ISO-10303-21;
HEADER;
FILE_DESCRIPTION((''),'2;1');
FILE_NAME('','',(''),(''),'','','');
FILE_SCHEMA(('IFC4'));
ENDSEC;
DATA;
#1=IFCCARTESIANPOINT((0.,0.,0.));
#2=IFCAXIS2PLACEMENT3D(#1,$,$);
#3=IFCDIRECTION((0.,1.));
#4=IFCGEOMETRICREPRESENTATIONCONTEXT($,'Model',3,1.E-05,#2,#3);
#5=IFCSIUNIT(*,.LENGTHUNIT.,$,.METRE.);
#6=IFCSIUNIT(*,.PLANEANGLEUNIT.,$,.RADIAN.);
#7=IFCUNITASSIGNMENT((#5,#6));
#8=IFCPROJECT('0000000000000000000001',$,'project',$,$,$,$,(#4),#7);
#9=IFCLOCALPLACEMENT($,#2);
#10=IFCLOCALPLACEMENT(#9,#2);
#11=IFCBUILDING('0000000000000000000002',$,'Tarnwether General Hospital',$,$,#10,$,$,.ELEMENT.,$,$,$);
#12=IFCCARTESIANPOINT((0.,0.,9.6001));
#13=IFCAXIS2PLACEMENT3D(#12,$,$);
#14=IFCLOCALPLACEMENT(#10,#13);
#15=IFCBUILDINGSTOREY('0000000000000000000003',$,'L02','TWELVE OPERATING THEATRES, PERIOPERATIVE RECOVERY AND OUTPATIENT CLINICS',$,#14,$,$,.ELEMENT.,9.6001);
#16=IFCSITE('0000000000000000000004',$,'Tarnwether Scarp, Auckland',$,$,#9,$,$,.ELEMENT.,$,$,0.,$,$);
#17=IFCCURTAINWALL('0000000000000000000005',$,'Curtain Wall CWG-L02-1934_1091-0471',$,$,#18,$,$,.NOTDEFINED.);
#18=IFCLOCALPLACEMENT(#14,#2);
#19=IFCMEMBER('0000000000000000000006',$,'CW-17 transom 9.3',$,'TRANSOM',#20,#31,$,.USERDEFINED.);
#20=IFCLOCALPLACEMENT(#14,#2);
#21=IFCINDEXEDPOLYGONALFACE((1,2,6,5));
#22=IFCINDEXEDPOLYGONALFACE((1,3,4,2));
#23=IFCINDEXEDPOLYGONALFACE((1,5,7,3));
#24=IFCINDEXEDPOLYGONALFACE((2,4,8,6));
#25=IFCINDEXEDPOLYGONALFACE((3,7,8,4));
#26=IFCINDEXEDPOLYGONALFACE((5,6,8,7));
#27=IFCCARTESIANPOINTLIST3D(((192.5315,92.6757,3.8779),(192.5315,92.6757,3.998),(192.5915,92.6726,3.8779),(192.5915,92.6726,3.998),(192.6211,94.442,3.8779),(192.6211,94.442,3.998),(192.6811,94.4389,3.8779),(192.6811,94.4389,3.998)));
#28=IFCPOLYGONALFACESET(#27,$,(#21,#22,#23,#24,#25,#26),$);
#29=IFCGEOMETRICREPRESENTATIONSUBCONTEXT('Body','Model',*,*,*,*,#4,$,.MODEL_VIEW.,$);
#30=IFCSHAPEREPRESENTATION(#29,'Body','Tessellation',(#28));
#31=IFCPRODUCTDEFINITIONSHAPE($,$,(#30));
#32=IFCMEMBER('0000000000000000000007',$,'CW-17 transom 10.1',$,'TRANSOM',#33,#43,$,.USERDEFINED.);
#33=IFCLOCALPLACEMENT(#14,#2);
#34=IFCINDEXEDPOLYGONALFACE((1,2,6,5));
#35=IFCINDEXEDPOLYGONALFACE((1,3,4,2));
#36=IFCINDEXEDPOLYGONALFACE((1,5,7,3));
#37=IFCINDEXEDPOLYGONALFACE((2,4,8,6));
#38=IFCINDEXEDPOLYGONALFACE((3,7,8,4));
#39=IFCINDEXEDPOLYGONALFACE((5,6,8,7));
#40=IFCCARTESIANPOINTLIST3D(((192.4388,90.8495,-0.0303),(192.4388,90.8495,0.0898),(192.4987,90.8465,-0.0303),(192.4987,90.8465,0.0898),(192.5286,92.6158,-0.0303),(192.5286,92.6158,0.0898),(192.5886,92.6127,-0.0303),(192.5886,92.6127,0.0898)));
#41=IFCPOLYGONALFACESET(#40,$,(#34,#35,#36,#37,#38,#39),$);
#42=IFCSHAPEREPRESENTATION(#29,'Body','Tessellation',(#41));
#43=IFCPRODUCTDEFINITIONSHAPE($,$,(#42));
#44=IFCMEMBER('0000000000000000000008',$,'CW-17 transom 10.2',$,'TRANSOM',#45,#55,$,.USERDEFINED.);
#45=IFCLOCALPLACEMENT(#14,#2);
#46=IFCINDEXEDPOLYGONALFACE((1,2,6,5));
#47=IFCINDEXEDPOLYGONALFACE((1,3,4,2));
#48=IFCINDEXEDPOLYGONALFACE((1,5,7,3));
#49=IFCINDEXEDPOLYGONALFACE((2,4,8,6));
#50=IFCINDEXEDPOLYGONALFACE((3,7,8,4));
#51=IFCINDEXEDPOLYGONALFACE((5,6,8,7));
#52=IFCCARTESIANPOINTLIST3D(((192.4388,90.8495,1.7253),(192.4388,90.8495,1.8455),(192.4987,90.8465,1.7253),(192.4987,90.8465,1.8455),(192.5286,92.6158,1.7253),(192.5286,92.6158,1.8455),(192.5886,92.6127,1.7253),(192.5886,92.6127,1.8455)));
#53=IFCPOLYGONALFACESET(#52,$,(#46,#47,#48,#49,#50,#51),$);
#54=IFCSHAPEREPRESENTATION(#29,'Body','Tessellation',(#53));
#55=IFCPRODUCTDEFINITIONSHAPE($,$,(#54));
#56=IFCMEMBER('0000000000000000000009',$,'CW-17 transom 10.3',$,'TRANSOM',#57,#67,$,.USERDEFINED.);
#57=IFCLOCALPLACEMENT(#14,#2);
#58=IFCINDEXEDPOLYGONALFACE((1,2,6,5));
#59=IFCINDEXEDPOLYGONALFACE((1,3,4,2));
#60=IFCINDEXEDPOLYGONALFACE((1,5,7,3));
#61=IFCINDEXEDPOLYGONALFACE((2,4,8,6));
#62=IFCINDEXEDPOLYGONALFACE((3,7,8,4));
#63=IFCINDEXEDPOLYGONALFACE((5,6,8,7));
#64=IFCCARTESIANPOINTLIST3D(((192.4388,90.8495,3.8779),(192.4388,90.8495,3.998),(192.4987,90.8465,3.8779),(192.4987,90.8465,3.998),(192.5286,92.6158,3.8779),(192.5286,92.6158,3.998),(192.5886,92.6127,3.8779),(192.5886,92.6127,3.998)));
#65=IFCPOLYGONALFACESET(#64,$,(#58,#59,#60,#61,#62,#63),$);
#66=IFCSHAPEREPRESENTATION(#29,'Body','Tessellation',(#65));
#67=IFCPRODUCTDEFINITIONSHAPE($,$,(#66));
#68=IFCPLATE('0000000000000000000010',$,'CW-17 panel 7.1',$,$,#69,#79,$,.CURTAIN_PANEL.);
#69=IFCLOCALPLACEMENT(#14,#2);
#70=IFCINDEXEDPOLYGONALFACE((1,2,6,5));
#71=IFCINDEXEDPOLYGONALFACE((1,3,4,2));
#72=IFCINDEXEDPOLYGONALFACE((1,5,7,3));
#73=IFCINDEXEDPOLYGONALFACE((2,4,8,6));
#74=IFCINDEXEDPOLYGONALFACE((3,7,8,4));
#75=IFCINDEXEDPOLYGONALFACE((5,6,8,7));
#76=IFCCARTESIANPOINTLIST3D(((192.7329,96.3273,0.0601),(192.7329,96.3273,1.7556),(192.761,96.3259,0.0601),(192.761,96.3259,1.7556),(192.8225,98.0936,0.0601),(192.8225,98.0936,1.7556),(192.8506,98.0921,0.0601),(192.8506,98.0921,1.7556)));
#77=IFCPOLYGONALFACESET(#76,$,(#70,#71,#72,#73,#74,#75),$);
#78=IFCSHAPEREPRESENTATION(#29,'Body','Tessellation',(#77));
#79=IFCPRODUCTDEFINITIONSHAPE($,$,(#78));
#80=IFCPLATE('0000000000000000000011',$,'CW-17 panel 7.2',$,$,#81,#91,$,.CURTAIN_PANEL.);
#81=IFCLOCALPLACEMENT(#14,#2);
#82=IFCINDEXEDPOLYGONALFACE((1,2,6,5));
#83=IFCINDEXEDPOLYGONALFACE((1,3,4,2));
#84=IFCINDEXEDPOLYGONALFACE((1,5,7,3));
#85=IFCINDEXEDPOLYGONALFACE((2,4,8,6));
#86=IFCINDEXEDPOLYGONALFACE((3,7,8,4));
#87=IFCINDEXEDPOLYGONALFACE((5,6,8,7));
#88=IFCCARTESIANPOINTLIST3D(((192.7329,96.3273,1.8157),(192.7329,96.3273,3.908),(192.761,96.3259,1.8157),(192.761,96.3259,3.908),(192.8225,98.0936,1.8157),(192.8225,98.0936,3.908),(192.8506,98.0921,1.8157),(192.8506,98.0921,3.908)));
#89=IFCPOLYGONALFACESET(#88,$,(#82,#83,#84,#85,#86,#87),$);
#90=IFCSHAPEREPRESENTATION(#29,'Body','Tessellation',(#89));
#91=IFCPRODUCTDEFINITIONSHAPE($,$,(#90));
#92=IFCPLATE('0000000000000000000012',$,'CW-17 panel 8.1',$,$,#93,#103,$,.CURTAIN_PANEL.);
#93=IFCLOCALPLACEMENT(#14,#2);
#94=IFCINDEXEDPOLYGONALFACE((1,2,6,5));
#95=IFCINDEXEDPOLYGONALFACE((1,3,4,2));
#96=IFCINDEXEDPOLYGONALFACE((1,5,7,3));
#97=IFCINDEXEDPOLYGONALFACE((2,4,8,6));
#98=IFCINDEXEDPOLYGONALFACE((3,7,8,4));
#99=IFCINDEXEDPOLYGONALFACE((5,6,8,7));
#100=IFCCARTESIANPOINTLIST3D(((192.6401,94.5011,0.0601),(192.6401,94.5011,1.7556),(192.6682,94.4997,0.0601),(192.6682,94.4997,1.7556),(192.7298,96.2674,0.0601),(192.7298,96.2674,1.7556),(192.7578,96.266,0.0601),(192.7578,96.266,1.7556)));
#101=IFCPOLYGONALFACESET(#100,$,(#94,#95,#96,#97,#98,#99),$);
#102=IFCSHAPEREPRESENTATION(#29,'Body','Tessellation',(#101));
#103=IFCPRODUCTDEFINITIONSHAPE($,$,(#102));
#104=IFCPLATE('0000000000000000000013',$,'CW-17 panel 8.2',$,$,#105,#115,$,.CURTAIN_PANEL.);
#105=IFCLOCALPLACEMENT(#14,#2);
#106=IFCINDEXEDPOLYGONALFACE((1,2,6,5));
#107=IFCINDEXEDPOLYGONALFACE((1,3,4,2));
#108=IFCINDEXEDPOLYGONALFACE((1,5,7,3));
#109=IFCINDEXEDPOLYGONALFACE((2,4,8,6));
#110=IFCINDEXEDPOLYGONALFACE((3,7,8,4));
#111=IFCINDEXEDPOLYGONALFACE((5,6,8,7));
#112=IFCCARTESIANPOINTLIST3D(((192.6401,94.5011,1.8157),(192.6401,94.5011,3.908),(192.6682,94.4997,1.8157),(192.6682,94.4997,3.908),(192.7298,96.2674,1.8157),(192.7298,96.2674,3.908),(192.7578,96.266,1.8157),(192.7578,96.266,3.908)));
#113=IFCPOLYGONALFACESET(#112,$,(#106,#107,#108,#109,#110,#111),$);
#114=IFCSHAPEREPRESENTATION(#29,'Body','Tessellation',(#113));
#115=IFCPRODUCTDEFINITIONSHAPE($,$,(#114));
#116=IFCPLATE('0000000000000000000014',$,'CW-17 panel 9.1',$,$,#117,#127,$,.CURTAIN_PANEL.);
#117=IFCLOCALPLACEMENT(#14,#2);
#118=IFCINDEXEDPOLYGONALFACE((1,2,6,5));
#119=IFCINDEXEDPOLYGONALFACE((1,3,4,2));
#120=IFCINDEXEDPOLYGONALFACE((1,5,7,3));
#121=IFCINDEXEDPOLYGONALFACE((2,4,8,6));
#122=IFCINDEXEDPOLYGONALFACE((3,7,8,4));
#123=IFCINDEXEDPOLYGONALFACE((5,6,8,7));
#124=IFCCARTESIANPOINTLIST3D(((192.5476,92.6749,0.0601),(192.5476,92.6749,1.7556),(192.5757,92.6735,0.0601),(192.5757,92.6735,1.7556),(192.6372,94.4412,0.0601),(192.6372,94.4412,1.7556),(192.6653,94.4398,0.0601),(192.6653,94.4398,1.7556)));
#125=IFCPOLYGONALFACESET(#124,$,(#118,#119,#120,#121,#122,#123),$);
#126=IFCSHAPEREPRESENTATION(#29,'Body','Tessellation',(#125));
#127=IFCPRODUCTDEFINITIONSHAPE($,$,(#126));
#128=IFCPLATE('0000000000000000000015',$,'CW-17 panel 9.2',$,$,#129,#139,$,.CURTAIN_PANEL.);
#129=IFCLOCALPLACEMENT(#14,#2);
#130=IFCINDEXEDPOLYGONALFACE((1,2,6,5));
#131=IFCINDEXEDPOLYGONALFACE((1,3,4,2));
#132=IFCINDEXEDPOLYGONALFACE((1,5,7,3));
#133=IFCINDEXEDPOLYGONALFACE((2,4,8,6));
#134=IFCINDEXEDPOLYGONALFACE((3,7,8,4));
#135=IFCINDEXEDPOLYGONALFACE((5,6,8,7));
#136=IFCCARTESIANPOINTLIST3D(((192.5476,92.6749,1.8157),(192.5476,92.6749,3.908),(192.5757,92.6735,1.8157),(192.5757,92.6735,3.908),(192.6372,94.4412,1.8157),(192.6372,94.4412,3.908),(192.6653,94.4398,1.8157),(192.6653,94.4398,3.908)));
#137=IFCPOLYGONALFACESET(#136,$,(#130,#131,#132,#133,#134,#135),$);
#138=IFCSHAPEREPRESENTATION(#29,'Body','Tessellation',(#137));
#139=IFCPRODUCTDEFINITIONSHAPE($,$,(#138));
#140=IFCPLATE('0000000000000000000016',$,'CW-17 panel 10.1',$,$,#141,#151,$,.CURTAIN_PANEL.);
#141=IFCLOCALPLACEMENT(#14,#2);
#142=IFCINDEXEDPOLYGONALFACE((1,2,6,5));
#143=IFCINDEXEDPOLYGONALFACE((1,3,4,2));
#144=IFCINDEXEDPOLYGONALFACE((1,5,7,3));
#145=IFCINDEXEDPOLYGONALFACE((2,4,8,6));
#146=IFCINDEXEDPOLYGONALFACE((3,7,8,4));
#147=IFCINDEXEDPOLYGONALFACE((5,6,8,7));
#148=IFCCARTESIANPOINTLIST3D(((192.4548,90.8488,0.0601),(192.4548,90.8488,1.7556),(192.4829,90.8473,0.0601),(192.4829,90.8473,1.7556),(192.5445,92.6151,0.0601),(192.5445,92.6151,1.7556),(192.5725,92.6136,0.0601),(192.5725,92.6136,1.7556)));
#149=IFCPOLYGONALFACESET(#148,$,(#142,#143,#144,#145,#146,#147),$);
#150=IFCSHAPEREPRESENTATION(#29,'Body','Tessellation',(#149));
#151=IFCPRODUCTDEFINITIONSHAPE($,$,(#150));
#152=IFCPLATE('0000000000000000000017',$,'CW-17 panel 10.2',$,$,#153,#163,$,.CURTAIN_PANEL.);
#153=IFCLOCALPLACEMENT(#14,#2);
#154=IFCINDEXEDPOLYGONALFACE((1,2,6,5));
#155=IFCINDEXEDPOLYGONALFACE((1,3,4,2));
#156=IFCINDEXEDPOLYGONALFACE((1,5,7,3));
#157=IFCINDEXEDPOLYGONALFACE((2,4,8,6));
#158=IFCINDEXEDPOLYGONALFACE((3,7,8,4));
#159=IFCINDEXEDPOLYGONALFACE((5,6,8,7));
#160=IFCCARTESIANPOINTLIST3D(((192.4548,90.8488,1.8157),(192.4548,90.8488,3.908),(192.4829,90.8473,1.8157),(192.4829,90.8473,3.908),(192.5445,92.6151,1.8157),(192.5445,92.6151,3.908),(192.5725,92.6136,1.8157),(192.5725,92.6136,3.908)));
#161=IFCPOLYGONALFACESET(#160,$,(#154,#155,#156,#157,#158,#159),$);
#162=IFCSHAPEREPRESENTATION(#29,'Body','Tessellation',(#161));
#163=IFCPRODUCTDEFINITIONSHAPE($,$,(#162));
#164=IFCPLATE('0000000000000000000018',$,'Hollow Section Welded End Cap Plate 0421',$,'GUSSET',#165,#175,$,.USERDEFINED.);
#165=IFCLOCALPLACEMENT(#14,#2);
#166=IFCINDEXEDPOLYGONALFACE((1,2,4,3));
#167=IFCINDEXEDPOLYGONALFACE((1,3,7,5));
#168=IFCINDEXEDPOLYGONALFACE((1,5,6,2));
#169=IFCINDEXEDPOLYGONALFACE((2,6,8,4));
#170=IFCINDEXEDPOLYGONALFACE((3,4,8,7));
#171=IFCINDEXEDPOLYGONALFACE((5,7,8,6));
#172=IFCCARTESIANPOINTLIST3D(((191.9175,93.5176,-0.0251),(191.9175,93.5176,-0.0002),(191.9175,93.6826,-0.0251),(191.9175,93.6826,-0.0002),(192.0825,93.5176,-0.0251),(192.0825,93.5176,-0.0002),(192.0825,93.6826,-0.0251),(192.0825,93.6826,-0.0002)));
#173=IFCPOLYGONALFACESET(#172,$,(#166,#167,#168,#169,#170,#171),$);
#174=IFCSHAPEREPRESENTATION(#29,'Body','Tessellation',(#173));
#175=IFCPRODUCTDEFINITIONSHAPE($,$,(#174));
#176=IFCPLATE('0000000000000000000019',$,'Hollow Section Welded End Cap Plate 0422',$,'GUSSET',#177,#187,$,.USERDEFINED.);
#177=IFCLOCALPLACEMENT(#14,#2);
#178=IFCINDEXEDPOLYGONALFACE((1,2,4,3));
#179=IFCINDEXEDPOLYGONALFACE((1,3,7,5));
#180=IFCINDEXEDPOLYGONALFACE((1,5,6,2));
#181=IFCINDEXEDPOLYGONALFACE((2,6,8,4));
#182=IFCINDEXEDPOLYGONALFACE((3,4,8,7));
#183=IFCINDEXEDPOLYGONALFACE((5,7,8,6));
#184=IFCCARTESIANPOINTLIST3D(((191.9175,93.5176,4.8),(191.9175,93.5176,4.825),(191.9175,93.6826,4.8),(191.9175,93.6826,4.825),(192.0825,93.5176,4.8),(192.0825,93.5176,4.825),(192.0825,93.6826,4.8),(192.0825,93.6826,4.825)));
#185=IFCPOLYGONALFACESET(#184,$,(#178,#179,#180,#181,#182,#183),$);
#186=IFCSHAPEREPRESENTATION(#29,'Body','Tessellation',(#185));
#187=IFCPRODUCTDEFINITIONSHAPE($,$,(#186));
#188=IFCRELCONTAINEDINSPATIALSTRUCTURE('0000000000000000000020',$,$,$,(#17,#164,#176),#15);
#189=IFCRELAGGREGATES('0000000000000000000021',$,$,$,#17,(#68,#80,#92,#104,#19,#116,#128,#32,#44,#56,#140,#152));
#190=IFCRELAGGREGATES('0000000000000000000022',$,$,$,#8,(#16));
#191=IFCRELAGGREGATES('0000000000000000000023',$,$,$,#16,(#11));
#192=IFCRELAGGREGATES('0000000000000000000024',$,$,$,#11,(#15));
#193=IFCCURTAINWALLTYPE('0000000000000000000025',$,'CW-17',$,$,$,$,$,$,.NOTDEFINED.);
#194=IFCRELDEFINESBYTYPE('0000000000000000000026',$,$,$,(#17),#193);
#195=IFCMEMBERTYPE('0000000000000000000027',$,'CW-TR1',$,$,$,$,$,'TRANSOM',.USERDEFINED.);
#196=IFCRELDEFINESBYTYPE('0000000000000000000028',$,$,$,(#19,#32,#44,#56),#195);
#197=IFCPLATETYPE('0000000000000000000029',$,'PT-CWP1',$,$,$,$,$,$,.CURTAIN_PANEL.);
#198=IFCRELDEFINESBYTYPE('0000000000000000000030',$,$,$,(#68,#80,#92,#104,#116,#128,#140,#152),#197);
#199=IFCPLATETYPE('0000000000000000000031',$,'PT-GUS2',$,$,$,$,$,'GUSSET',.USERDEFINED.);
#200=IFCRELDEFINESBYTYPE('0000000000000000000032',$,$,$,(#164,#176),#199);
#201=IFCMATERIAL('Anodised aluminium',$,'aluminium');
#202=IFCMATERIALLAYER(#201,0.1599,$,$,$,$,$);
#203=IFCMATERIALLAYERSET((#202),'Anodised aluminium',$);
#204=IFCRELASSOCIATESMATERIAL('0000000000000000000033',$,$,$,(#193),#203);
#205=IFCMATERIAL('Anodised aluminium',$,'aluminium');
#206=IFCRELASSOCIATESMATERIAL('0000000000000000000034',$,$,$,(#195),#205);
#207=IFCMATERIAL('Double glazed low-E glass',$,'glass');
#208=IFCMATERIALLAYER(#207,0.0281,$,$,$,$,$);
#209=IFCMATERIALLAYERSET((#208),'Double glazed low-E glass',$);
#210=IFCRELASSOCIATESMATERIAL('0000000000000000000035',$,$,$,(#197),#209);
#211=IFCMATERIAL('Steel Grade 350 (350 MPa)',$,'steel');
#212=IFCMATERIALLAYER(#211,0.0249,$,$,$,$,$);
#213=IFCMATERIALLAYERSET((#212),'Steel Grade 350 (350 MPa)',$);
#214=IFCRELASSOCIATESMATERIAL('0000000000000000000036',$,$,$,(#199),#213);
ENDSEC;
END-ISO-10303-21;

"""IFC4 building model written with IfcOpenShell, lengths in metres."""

from ifc_helpers import new_model, si_unit, direction, frame, origin, origin_2d, place, context, subcontext, project, spatial, rectangle, extrude, material, layer, layer_set, material_profile, profile_set, type_object, element, aggregate, save


model = new_model("IFC4")

# Units and contexts
model_context = context("Model", 3, precision=1e-05, world=origin(), true_north=direction((0.0, 1.0)))
body_context = subcontext(model_context, "Body", "Model", "MODEL_VIEW")
ifc_project = project(units=[si_unit("LENGTHUNIT", "METRE"), si_unit("PLANEANGLEUNIT", "RADIAN")], contexts=[model_context])

# Site, building, storey
site_placement = place(None, origin())
site = spatial("IfcSite", under=ifc_project, at=site_placement, Name="Tarnwether Scarp, Auckland", CompositionType="ELEMENT", RefElevation=0.0)
building_placement = place(site_placement, origin())
building = spatial("IfcBuilding", under=site, at=building_placement, Name="Tarnwether General Hospital", CompositionType="ELEMENT")
storey_placement = place(building_placement, frame((0.0, 0.0, 9.6001)))
storey = spatial("IfcBuildingStorey", under=building, at=storey_placement, Name="L02", Description="TWELVE OPERATING THEATRES, PERIOPERATIVE RECOVERY AND OUTPATIENT CLINICS", CompositionType="ELEMENT", Elevation=9.6001)

# Curtain wall, members, plates
ifc_material_1 = material(Name="Anodised aluminium", Category="aluminium")
ifc_layer_1 = layer(ifc_material_1, 0.1599)
ifc_layer_set_1 = layer_set([ifc_layer_1], Name="Anodised aluminium")
curtain_wall_type = type_object("IfcCurtainWallType", Name="CW-17", PredefinedType="NOTDEFINED", material=ifc_layer_set_1)
curtain_wall_placement = place(storey_placement, origin())
curtain_wall = element("IfcCurtainWall", 1, at=curtain_wall_placement, inside=storey, type_object=curtain_wall_type, Name="Curtain Wall CWG-L02-1934_1091-0471", PredefinedType="NOTDEFINED")
ifc_material_2 = material(Name="Anodised aluminium", Category="aluminium")
ifc_material_profile_1 = material_profile(ifc_material_2, rectangle(XDim=0.0601, YDim=0.1201, at=origin_2d()), Name="ALU-TRN-60x120")
ifc_profile_set_1 = profile_set([ifc_material_profile_1], Name="Anodised aluminium")
member_type_1 = type_object("IfcMemberType", Name="CW-TR1", ElementType="TRANSOM", PredefinedType="USERDEFINED", material=ifc_profile_set_1)
member_1_placement = place(storey_placement, frame((192.6511, 94.4404, 3.938), z_axis=(-0.050661, -0.998716, 0.0), x_axis=(0.998716, -0.050661, 0.0)))
member_1 = element("IfcMember", 2, at=member_1_placement, type_object=member_type_1, Name="CW-17 transom 9.3", ObjectType="TRANSOM", PredefinedType="USERDEFINED", context=body_context, shape_type="SweptSolid", body=[
    extrude(rectangle(XDim=0.0601, YDim=0.1201, at=origin_2d()), origin(), (0.0, 0.0, 1.0), 1.7686),
])
member_2_placement = place(storey_placement, frame((192.5586, 92.6143, 0.0298), z_axis=(-0.050798, -0.998709, 0.0), x_axis=(0.998709, -0.050798, 0.0)))
member_2 = element("IfcMember", 3, at=member_2_placement, type_object=member_type_1, Name="CW-17 transom 10.1", ObjectType="TRANSOM", PredefinedType="USERDEFINED", context=body_context, shape_type="SweptSolid", body=[
    extrude(rectangle(XDim=0.0601, YDim=0.1201, at=origin_2d()), origin(), (0.0, 0.0, 1.0), 1.7686),
])
member_3_placement = place(storey_placement, frame((192.5586, 92.6143, 1.7854), z_axis=(-0.050798, -0.998709, 0.0), x_axis=(0.998709, -0.050798, 0.0)))
member_3 = element("IfcMember", 4, at=member_3_placement, type_object=member_type_1, Name="CW-17 transom 10.2", ObjectType="TRANSOM", PredefinedType="USERDEFINED", context=body_context, shape_type="SweptSolid", body=[
    extrude(rectangle(XDim=0.0601, YDim=0.1201, at=origin_2d()), origin(), (0.0, 0.0, 1.0), 1.7686),
])
member_4_placement = place(storey_placement, frame((192.5586, 92.6143, 3.938), z_axis=(-0.050798, -0.998709, 0.0), x_axis=(0.998709, -0.050798, 0.0)))
member_4 = element("IfcMember", 5, at=member_4_placement, type_object=member_type_1, Name="CW-17 transom 10.3", ObjectType="TRANSOM", PredefinedType="USERDEFINED", context=body_context, shape_type="SweptSolid", body=[
    extrude(rectangle(XDim=0.0601, YDim=0.1201, at=origin_2d()), origin(), (0.0, 0.0, 1.0), 1.7686),
])
ifc_material_3 = material(Name="Double glazed low-E glass", Category="glass")
ifc_layer_2 = layer(ifc_material_3, 0.0281)
ifc_layer_set_2 = layer_set([ifc_layer_2], Name="Double glazed low-E glass")
plate_type_1 = type_object("IfcPlateType", Name="PT-CWP1", PredefinedType="CURTAIN_PANEL", material=ifc_layer_set_2)
plate_1_placement = place(storey_placement, frame((192.7917, 97.2097, 0.0601), z_axis=(0.0, 0.0, 1.0), x_axis=(-0.050678, -0.998715, 0.0)))
plate_1 = element("IfcPlate", 6, at=plate_1_placement, type_object=plate_type_1, Name="CW-17 panel 7.1", PredefinedType="CURTAIN_PANEL", context=body_context, shape_type="SweptSolid", body=[
    extrude(rectangle(XDim=1.7686, YDim=0.0281, at=origin_2d()), origin(), (0.0, 0.0, 1.0), 1.6956),
])
plate_2_placement = place(storey_placement, frame((192.7917, 97.2097, 1.8157), z_axis=(0.0, 0.0, 1.0), x_axis=(-0.050678, -0.998715, 0.0)))
plate_2 = element("IfcPlate", 7, at=plate_2_placement, type_object=plate_type_1, Name="CW-17 panel 7.2", PredefinedType="CURTAIN_PANEL", context=body_context, shape_type="SweptSolid", body=[
    extrude(rectangle(XDim=1.7686, YDim=0.0281, at=origin_2d()), origin(), (0.0, 0.0, 1.0), 2.0923),
])
plate_3_placement = place(storey_placement, frame((192.699, 95.3835, 0.0601), z_axis=(0.0, 0.0, 1.0), x_axis=(-0.050678, -0.998715, 0.0)))
plate_3 = element("IfcPlate", 8, at=plate_3_placement, type_object=plate_type_1, Name="CW-17 panel 8.1", PredefinedType="CURTAIN_PANEL", context=body_context, shape_type="SweptSolid", body=[
    extrude(rectangle(XDim=1.7686, YDim=0.0281, at=origin_2d()), origin(), (0.0, 0.0, 1.0), 1.6956),
])
plate_4_placement = place(storey_placement, frame((192.699, 95.3835, 1.8157), z_axis=(0.0, 0.0, 1.0), x_axis=(-0.050678, -0.998715, 0.0)))
plate_4 = element("IfcPlate", 9, at=plate_4_placement, type_object=plate_type_1, Name="CW-17 panel 8.2", PredefinedType="CURTAIN_PANEL", context=body_context, shape_type="SweptSolid", body=[
    extrude(rectangle(XDim=1.7686, YDim=0.0281, at=origin_2d()), origin(), (0.0, 0.0, 1.0), 2.0923),
])
plate_5_placement = place(storey_placement, frame((192.6064, 93.5574, 0.0601), z_axis=(0.0, 0.0, 1.0), x_axis=(-0.050678, -0.998715, 0.0)))
plate_5 = element("IfcPlate", 10, at=plate_5_placement, type_object=plate_type_1, Name="CW-17 panel 9.1", PredefinedType="CURTAIN_PANEL", context=body_context, shape_type="SweptSolid", body=[
    extrude(rectangle(XDim=1.7686, YDim=0.0281, at=origin_2d()), origin(), (0.0, 0.0, 1.0), 1.6956),
])
plate_6_placement = place(storey_placement, frame((192.6064, 93.5574, 1.8157), z_axis=(0.0, 0.0, 1.0), x_axis=(-0.050678, -0.998715, 0.0)))
plate_6 = element("IfcPlate", 11, at=plate_6_placement, type_object=plate_type_1, Name="CW-17 panel 9.2", PredefinedType="CURTAIN_PANEL", context=body_context, shape_type="SweptSolid", body=[
    extrude(rectangle(XDim=1.7686, YDim=0.0281, at=origin_2d()), origin(), (0.0, 0.0, 1.0), 2.0923),
])
plate_7_placement = place(storey_placement, frame((192.5137, 91.7312, 0.0601), z_axis=(0.0, 0.0, 1.0), x_axis=(-0.050678, -0.998715, 0.0)))
plate_7 = element("IfcPlate", 12, at=plate_7_placement, type_object=plate_type_1, Name="CW-17 panel 10.1", PredefinedType="CURTAIN_PANEL", context=body_context, shape_type="SweptSolid", body=[
    extrude(rectangle(XDim=1.7686, YDim=0.0281, at=origin_2d()), origin(), (0.0, 0.0, 1.0), 1.6956),
])
plate_8_placement = place(storey_placement, frame((192.5137, 91.7312, 1.8157), z_axis=(0.0, 0.0, 1.0), x_axis=(-0.050678, -0.998715, 0.0)))
plate_8 = element("IfcPlate", 13, at=plate_8_placement, type_object=plate_type_1, Name="CW-17 panel 10.2", PredefinedType="CURTAIN_PANEL", context=body_context, shape_type="SweptSolid", body=[
    extrude(rectangle(XDim=1.7686, YDim=0.0281, at=origin_2d()), origin(), (0.0, 0.0, 1.0), 2.0923),
])
aggregate(curtain_wall, [plate_1, plate_2, plate_3, plate_4, member_1, plate_5, plate_6, member_2, member_3, member_4, plate_7, plate_8])

# Plates
ifc_material_4 = material(Name="Steel Grade 350 (350 MPa)", Category="steel")
ifc_layer_3 = layer(ifc_material_4, 0.0249)
ifc_layer_set_3 = layer_set([ifc_layer_3], Name="Steel Grade 350 (350 MPa)")
plate_type_2 = type_object("IfcPlateType", Name="PT-GUS2", ElementType="GUSSET", PredefinedType="USERDEFINED", material=ifc_layer_set_3)
for number, where, z_axis, x_axis, name in (
    (14, (192.0, 93.6001, -0.0251), (0.0, 0.0, 1.0), (1.0, 0.0, 0.0), "Hollow Section Welded End Cap Plate 0421"),
    (15, (192.0, 93.6001, 4.8), (0.0, 0.0, 1.0), (1.0, 0.0, 0.0), "Hollow Section Welded End Cap Plate 0422"),
):
    element("IfcPlate", number, at=place(storey_placement, frame(where, z_axis=z_axis, x_axis=x_axis)), inside=storey, type_object=plate_type_2, Name=name, ObjectType="GUSSET", PredefinedType="USERDEFINED", context=body_context, shape_type="SweptSolid", body=[
        extrude(rectangle(XDim=0.165, YDim=0.165, at=origin_2d()), origin(), (0.0, 0.0, 1.0), 0.0249),
    ])

save(model, "model.ifc")
